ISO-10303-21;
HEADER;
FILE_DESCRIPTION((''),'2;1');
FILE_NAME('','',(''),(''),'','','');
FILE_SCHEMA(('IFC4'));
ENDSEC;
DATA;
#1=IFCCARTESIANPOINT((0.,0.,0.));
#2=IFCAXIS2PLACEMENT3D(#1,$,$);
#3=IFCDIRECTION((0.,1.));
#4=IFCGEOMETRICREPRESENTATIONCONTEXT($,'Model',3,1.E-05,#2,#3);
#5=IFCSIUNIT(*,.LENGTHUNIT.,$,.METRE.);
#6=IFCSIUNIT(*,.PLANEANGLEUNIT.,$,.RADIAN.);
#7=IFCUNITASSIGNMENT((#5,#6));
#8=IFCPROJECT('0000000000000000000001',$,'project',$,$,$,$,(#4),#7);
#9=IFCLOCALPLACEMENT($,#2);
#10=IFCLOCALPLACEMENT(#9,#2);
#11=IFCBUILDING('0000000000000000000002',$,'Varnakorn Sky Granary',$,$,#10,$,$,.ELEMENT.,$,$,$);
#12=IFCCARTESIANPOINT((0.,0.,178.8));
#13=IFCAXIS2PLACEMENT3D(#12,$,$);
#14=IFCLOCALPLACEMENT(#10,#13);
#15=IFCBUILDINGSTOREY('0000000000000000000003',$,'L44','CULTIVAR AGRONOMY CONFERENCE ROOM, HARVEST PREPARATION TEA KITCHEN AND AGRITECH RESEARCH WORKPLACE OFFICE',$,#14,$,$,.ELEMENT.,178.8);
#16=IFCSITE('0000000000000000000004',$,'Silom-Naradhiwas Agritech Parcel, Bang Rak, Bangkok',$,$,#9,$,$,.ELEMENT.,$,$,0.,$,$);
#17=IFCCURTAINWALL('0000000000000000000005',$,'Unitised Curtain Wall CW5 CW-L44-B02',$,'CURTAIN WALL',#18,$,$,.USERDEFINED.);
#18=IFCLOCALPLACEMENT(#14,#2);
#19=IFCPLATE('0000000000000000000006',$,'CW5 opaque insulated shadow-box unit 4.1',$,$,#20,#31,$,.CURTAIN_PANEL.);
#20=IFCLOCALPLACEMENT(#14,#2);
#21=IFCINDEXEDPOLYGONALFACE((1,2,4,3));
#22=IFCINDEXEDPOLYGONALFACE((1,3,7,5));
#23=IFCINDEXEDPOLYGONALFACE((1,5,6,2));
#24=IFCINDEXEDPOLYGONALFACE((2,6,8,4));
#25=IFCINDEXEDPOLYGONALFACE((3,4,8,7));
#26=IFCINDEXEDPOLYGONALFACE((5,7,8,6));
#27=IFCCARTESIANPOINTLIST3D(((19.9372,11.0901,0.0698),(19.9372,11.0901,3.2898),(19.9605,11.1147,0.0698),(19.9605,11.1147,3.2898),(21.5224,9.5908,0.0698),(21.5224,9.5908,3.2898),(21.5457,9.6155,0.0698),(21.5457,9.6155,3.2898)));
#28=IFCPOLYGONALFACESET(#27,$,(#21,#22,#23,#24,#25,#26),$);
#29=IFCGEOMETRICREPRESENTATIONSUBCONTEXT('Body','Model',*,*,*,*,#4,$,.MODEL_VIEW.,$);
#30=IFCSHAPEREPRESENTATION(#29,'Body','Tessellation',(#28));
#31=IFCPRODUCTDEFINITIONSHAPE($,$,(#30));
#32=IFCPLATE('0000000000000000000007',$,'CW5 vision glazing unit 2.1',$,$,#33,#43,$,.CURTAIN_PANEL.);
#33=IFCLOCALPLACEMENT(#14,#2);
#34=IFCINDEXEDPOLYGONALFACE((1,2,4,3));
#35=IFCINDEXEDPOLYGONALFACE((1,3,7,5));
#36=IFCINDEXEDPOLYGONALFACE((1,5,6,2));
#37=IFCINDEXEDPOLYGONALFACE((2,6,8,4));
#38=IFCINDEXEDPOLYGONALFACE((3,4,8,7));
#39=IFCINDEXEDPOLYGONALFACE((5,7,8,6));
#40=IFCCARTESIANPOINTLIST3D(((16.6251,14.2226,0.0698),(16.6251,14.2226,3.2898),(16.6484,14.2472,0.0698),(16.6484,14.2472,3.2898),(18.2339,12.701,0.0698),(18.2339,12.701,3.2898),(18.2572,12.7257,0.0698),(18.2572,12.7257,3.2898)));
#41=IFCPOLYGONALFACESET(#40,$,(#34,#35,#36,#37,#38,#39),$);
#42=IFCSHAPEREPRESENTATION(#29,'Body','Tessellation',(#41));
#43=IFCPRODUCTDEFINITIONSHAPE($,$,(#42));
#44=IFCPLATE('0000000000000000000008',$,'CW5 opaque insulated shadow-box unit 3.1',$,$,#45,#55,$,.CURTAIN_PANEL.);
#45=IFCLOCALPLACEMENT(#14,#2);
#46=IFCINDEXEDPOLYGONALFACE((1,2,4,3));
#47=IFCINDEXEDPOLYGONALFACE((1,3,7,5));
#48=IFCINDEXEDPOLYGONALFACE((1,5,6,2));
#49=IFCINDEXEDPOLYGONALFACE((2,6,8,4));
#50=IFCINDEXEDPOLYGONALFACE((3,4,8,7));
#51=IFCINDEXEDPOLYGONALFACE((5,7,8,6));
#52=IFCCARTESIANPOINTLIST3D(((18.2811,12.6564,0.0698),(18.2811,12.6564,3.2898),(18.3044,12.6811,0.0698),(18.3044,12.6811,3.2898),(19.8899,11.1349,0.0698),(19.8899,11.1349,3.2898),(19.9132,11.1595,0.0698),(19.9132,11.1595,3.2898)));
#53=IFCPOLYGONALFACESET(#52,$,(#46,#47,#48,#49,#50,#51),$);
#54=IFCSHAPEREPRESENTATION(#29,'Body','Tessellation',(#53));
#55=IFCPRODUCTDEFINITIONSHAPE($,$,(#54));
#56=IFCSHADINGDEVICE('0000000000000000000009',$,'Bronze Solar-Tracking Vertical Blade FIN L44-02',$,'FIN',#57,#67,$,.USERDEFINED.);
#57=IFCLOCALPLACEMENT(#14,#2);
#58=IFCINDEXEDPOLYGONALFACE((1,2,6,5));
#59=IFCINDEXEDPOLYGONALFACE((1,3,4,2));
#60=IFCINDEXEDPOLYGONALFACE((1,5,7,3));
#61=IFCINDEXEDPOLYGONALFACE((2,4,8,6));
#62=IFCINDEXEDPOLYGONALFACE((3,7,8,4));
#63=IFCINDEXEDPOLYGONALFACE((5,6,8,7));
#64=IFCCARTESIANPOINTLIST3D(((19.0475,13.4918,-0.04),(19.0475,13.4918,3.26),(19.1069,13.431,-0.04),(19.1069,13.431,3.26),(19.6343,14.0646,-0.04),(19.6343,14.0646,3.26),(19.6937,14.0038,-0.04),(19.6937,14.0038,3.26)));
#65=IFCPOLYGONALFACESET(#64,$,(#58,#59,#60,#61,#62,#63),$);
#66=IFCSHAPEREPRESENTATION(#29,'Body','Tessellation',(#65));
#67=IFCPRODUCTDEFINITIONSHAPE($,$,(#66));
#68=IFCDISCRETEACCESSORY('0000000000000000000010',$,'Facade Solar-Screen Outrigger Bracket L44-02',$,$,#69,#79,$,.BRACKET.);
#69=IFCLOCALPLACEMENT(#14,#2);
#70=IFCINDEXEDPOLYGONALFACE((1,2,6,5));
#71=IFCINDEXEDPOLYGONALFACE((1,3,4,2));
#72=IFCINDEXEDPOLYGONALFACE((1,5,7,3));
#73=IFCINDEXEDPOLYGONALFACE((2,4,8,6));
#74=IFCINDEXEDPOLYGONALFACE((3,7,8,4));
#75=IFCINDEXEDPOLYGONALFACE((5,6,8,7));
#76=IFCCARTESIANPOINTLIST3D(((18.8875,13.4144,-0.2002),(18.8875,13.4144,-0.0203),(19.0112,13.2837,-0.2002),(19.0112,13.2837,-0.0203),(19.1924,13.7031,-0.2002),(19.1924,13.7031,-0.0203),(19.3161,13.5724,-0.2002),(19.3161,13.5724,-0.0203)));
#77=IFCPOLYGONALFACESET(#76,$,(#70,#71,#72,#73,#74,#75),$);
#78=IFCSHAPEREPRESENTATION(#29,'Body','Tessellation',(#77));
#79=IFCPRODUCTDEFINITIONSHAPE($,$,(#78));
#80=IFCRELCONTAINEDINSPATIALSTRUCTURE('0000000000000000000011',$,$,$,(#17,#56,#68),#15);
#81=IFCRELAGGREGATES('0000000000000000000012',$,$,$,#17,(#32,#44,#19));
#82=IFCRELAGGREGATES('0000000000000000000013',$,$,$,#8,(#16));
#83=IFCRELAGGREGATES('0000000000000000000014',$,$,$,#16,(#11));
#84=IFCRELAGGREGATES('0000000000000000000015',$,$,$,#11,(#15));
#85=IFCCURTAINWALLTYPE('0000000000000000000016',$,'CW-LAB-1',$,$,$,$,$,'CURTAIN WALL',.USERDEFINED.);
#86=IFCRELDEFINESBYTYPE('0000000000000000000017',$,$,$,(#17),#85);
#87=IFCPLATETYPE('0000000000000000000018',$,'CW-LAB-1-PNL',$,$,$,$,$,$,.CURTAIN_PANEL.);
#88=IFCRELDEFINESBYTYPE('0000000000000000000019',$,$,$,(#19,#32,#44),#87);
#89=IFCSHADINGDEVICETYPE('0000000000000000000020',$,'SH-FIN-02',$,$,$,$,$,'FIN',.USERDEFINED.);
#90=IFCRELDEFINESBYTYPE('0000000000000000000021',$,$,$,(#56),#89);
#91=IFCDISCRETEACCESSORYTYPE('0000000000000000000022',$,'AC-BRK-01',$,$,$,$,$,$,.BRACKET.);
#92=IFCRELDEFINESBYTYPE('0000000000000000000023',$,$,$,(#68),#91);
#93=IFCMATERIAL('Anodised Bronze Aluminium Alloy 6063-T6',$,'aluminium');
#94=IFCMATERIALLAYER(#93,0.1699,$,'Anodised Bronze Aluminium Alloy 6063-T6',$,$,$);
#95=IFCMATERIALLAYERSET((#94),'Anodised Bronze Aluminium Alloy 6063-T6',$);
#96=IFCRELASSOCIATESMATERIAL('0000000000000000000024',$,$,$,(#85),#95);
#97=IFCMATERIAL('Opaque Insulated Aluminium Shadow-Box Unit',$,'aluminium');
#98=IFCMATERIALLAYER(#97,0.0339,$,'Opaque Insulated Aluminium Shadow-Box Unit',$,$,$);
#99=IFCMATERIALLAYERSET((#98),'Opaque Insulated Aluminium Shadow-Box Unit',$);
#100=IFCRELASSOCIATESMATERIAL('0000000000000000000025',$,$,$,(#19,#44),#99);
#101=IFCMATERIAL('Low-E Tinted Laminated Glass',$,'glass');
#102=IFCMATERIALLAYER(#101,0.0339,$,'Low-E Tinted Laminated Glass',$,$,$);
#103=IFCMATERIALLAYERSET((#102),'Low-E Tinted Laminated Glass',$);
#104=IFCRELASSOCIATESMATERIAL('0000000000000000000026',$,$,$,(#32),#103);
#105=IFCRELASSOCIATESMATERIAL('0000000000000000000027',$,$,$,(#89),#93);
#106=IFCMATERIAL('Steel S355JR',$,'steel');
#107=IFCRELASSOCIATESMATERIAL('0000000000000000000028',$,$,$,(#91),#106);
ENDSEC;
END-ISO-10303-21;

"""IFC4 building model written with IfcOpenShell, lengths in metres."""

from ifc_helpers import new_model, si_unit, direction, frame, origin, origin_2d, place, context, subcontext, project, spatial, rectangle, extrude, source, transform, mapped, material, layer, layer_set, type_object, type_shapes, element, aggregate, save


model = new_model("IFC4")

# Units and contexts
model_context = context("Model", 3, precision=1e-05, world=origin(), true_north=direction((0.0, 1.0)))
body_context = subcontext(model_context, "Body", "Model", "MODEL_VIEW")
ifc_project = project(units=[si_unit("LENGTHUNIT", "METRE"), si_unit("PLANEANGLEUNIT", "RADIAN")], contexts=[model_context])

# Site, building, storey
site_placement = place(None, origin())
site = spatial("IfcSite", under=ifc_project, at=site_placement, Name="Silom-Naradhiwas Agritech Parcel, Bang Rak, Bangkok", CompositionType="ELEMENT", RefElevation=0.0)
building_placement = place(site_placement, origin())
building = spatial("IfcBuilding", under=site, at=building_placement, Name="Varnakorn Sky Granary", CompositionType="ELEMENT")
storey_placement = place(building_placement, frame((0.0, 0.0, 178.8)))
storey = spatial("IfcBuildingStorey", under=building, at=storey_placement, Name="L44", Description="CULTIVAR AGRONOMY CONFERENCE ROOM, HARVEST PREPARATION TEA KITCHEN AND AGRITECH RESEARCH WORKPLACE OFFICE", CompositionType="ELEMENT", Elevation=178.8)

# Shared definitions
ifc_material_1 = material(Name="Steel S355JR", Category="steel")

# Curtain wall
ifc_material_2 = material(Name="Anodised Bronze Aluminium Alloy 6063-T6", Category="aluminium")
ifc_layer_1 = layer(ifc_material_2, 0.1699, Name="Anodised Bronze Aluminium Alloy 6063-T6")
ifc_layer_set_1 = layer_set([ifc_layer_1], Name="Anodised Bronze Aluminium Alloy 6063-T6")
curtain_wall_type = type_object("IfcCurtainWallType", Name="CW-LAB-1", ElementType="CURTAIN WALL", PredefinedType="USERDEFINED", material=ifc_layer_set_1)
curtain_wall_1_placement = place(storey_placement, origin())
curtain_wall_1 = element("IfcCurtainWall", 1, at=curtain_wall_1_placement, inside=storey, type_object=curtain_wall_type, Name="Unitised Curtain Wall CW5 CW-L44-B02", ObjectType="CURTAIN WALL", PredefinedType="USERDEFINED")

# Plates
ifc_material_3 = material(Name="Opaque Insulated Aluminium Shadow-Box Unit", Category="aluminium")
ifc_layer_2 = layer(ifc_material_3, 0.0339, Name="Opaque Insulated Aluminium Shadow-Box Unit")
ifc_layer_set_2 = layer_set([ifc_layer_2], Name="Opaque Insulated Aluminium Shadow-Box Unit")
plate_type = type_object("IfcPlateType", Name="CW-LAB-1-PNL", PredefinedType="CURTAIN_PANEL")
ifc_material_4 = material(Name="Low-E Tinted Laminated Glass", Category="glass")
ifc_layer_3 = layer(ifc_material_4, 0.0339, Name="Low-E Tinted Laminated Glass")
ifc_layer_set_3 = layer_set([ifc_layer_3], Name="Low-E Tinted Laminated Glass")
shared_shape_1 = source(origin(), body_context, "Body", "SweptSolid", [
    extrude(rectangle(XDim=2.1819, YDim=0.0339, at=origin_2d()), origin(), (0.0, 0.0, 1.0), 3.22),
])
plate_1_placement = place(storey_placement, frame((20.7415, 10.3528, 0.0698), z_axis=(0.0, 0.0, 1.0), x_axis=(0.726541, -0.687124, 0.0)))
plate_1 = element("IfcPlate", 2, at=plate_1_placement, type_object=plate_type, material=ifc_layer_set_2, Name="CW5 opaque insulated shadow-box unit 4.1", PredefinedType="CURTAIN_PANEL", context=body_context, shape_type="MappedRepresentation", body=[
    mapped(shared_shape_1, transform((0.0, 0.0, 0.0), x_axis=(1.0, 0.0, 0.0), y_axis=(0.0, 1.0, 0.0), z_axis=(0.0, 0.0, 1.0), scale=1.0)),
])
shared_shape_2 = source(origin(), body_context, "Body", "SweptSolid", [
    extrude(rectangle(XDim=2.2144, YDim=0.0339, at=origin_2d()), origin(), (0.0, 0.0, 1.0), 3.22),
])
plate_2_placement = place(storey_placement, frame((17.4412, 13.4741, 0.0698), z_axis=(0.0, 0.0, 1.0), x_axis=(0.726541, -0.687124, 0.0)))
plate_2 = element("IfcPlate", 3, at=plate_2_placement, type_object=plate_type, material=ifc_layer_set_3, Name="CW5 vision glazing unit 2.1", PredefinedType="CURTAIN_PANEL", context=body_context, shape_type="MappedRepresentation", body=[
    mapped(shared_shape_2, transform((0.0, 0.0, 0.0), x_axis=(1.0, 0.0, 0.0), y_axis=(0.0, 1.0, 0.0), z_axis=(0.0, 0.0, 1.0), scale=1.0)),
])
plate_3_placement = place(storey_placement, frame((19.0972, 11.908, 0.0698), z_axis=(0.0, 0.0, 1.0), x_axis=(0.726541, -0.687124, 0.0)))
plate_3 = element("IfcPlate", 4, at=plate_3_placement, type_object=plate_type, material=ifc_layer_set_2, Name="CW5 opaque insulated shadow-box unit 3.1", PredefinedType="CURTAIN_PANEL", context=body_context, shape_type="MappedRepresentation", body=[
    mapped(shared_shape_2, transform((0.0, 0.0, 0.0), x_axis=(1.0, 0.0, 0.0), y_axis=(0.0, 1.0, 0.0), z_axis=(0.0, 0.0, 1.0), scale=1.0)),
])
aggregate(curtain_wall_1, [plate_2, plate_3, plate_1])

# Shading device
shading_device_type = type_object("IfcShadingDeviceType", Name="SH-FIN-02", ElementType="FIN", PredefinedType="USERDEFINED", material=ifc_material_2)
shared_shape_3 = source(origin(), body_context, "Body", "SweptSolid", [
    extrude(rectangle(XDim=0.085, YDim=0.8201, at=origin_2d()), origin(), (0.0, 0.0, 1.0), 3.3),
])
type_shapes(shading_device_type, [shared_shape_3])
shading_device_placement = place(storey_placement, frame((19.3706, 13.7478, -0.04), z_axis=(0.0, 0.0, 1.0), x_axis=(-0.698518, 0.715592, 0.0)))
element("IfcShadingDevice", 5, at=shading_device_placement, inside=storey, type_object=shading_device_type, Name="Bronze Solar-Tracking Vertical Blade FIN L44-02", ObjectType="FIN", PredefinedType="USERDEFINED", context=body_context, shape_type="MappedRepresentation", body=[
    mapped(shared_shape_3, transform((0.0, 0.0, 0.0), x_axis=(1.0, 0.0, 0.0), y_axis=(0.0, 1.0, 0.0), z_axis=(0.0, 0.0, 1.0), scale=1.0)),
])

# Discrete accessory
discrete_accessory_type = type_object("IfcDiscreteAccessoryType", Name="AC-BRK-01", PredefinedType="BRACKET", material=ifc_material_1)
shared_shape_4 = source(origin(), body_context, "Body", "SweptSolid", [
    extrude(rectangle(XDim=0.1799, YDim=0.4199, at=origin_2d()), origin(), (0.0, 0.0, 1.0), 0.1799),
])
type_shapes(discrete_accessory_type, [shared_shape_4])
discrete_accessory_placement = place(storey_placement, frame((19.1018, 13.4934, -0.2002), z_axis=(0.0, 0.0, 1.0), x_axis=(-0.687521, 0.726165, 0.0)))
element("IfcDiscreteAccessory", 6, at=discrete_accessory_placement, inside=storey, type_object=discrete_accessory_type, Name="Facade Solar-Screen Outrigger Bracket L44-02", PredefinedType="BRACKET", context=body_context, shape_type="MappedRepresentation", body=[
    mapped(shared_shape_4, transform((0.0, 0.0, 0.0), x_axis=(1.0, 0.0, 0.0), y_axis=(0.0, 1.0, 0.0), z_axis=(0.0, 0.0, 1.0), scale=1.0)),
])

save(model, "model.ifc")
